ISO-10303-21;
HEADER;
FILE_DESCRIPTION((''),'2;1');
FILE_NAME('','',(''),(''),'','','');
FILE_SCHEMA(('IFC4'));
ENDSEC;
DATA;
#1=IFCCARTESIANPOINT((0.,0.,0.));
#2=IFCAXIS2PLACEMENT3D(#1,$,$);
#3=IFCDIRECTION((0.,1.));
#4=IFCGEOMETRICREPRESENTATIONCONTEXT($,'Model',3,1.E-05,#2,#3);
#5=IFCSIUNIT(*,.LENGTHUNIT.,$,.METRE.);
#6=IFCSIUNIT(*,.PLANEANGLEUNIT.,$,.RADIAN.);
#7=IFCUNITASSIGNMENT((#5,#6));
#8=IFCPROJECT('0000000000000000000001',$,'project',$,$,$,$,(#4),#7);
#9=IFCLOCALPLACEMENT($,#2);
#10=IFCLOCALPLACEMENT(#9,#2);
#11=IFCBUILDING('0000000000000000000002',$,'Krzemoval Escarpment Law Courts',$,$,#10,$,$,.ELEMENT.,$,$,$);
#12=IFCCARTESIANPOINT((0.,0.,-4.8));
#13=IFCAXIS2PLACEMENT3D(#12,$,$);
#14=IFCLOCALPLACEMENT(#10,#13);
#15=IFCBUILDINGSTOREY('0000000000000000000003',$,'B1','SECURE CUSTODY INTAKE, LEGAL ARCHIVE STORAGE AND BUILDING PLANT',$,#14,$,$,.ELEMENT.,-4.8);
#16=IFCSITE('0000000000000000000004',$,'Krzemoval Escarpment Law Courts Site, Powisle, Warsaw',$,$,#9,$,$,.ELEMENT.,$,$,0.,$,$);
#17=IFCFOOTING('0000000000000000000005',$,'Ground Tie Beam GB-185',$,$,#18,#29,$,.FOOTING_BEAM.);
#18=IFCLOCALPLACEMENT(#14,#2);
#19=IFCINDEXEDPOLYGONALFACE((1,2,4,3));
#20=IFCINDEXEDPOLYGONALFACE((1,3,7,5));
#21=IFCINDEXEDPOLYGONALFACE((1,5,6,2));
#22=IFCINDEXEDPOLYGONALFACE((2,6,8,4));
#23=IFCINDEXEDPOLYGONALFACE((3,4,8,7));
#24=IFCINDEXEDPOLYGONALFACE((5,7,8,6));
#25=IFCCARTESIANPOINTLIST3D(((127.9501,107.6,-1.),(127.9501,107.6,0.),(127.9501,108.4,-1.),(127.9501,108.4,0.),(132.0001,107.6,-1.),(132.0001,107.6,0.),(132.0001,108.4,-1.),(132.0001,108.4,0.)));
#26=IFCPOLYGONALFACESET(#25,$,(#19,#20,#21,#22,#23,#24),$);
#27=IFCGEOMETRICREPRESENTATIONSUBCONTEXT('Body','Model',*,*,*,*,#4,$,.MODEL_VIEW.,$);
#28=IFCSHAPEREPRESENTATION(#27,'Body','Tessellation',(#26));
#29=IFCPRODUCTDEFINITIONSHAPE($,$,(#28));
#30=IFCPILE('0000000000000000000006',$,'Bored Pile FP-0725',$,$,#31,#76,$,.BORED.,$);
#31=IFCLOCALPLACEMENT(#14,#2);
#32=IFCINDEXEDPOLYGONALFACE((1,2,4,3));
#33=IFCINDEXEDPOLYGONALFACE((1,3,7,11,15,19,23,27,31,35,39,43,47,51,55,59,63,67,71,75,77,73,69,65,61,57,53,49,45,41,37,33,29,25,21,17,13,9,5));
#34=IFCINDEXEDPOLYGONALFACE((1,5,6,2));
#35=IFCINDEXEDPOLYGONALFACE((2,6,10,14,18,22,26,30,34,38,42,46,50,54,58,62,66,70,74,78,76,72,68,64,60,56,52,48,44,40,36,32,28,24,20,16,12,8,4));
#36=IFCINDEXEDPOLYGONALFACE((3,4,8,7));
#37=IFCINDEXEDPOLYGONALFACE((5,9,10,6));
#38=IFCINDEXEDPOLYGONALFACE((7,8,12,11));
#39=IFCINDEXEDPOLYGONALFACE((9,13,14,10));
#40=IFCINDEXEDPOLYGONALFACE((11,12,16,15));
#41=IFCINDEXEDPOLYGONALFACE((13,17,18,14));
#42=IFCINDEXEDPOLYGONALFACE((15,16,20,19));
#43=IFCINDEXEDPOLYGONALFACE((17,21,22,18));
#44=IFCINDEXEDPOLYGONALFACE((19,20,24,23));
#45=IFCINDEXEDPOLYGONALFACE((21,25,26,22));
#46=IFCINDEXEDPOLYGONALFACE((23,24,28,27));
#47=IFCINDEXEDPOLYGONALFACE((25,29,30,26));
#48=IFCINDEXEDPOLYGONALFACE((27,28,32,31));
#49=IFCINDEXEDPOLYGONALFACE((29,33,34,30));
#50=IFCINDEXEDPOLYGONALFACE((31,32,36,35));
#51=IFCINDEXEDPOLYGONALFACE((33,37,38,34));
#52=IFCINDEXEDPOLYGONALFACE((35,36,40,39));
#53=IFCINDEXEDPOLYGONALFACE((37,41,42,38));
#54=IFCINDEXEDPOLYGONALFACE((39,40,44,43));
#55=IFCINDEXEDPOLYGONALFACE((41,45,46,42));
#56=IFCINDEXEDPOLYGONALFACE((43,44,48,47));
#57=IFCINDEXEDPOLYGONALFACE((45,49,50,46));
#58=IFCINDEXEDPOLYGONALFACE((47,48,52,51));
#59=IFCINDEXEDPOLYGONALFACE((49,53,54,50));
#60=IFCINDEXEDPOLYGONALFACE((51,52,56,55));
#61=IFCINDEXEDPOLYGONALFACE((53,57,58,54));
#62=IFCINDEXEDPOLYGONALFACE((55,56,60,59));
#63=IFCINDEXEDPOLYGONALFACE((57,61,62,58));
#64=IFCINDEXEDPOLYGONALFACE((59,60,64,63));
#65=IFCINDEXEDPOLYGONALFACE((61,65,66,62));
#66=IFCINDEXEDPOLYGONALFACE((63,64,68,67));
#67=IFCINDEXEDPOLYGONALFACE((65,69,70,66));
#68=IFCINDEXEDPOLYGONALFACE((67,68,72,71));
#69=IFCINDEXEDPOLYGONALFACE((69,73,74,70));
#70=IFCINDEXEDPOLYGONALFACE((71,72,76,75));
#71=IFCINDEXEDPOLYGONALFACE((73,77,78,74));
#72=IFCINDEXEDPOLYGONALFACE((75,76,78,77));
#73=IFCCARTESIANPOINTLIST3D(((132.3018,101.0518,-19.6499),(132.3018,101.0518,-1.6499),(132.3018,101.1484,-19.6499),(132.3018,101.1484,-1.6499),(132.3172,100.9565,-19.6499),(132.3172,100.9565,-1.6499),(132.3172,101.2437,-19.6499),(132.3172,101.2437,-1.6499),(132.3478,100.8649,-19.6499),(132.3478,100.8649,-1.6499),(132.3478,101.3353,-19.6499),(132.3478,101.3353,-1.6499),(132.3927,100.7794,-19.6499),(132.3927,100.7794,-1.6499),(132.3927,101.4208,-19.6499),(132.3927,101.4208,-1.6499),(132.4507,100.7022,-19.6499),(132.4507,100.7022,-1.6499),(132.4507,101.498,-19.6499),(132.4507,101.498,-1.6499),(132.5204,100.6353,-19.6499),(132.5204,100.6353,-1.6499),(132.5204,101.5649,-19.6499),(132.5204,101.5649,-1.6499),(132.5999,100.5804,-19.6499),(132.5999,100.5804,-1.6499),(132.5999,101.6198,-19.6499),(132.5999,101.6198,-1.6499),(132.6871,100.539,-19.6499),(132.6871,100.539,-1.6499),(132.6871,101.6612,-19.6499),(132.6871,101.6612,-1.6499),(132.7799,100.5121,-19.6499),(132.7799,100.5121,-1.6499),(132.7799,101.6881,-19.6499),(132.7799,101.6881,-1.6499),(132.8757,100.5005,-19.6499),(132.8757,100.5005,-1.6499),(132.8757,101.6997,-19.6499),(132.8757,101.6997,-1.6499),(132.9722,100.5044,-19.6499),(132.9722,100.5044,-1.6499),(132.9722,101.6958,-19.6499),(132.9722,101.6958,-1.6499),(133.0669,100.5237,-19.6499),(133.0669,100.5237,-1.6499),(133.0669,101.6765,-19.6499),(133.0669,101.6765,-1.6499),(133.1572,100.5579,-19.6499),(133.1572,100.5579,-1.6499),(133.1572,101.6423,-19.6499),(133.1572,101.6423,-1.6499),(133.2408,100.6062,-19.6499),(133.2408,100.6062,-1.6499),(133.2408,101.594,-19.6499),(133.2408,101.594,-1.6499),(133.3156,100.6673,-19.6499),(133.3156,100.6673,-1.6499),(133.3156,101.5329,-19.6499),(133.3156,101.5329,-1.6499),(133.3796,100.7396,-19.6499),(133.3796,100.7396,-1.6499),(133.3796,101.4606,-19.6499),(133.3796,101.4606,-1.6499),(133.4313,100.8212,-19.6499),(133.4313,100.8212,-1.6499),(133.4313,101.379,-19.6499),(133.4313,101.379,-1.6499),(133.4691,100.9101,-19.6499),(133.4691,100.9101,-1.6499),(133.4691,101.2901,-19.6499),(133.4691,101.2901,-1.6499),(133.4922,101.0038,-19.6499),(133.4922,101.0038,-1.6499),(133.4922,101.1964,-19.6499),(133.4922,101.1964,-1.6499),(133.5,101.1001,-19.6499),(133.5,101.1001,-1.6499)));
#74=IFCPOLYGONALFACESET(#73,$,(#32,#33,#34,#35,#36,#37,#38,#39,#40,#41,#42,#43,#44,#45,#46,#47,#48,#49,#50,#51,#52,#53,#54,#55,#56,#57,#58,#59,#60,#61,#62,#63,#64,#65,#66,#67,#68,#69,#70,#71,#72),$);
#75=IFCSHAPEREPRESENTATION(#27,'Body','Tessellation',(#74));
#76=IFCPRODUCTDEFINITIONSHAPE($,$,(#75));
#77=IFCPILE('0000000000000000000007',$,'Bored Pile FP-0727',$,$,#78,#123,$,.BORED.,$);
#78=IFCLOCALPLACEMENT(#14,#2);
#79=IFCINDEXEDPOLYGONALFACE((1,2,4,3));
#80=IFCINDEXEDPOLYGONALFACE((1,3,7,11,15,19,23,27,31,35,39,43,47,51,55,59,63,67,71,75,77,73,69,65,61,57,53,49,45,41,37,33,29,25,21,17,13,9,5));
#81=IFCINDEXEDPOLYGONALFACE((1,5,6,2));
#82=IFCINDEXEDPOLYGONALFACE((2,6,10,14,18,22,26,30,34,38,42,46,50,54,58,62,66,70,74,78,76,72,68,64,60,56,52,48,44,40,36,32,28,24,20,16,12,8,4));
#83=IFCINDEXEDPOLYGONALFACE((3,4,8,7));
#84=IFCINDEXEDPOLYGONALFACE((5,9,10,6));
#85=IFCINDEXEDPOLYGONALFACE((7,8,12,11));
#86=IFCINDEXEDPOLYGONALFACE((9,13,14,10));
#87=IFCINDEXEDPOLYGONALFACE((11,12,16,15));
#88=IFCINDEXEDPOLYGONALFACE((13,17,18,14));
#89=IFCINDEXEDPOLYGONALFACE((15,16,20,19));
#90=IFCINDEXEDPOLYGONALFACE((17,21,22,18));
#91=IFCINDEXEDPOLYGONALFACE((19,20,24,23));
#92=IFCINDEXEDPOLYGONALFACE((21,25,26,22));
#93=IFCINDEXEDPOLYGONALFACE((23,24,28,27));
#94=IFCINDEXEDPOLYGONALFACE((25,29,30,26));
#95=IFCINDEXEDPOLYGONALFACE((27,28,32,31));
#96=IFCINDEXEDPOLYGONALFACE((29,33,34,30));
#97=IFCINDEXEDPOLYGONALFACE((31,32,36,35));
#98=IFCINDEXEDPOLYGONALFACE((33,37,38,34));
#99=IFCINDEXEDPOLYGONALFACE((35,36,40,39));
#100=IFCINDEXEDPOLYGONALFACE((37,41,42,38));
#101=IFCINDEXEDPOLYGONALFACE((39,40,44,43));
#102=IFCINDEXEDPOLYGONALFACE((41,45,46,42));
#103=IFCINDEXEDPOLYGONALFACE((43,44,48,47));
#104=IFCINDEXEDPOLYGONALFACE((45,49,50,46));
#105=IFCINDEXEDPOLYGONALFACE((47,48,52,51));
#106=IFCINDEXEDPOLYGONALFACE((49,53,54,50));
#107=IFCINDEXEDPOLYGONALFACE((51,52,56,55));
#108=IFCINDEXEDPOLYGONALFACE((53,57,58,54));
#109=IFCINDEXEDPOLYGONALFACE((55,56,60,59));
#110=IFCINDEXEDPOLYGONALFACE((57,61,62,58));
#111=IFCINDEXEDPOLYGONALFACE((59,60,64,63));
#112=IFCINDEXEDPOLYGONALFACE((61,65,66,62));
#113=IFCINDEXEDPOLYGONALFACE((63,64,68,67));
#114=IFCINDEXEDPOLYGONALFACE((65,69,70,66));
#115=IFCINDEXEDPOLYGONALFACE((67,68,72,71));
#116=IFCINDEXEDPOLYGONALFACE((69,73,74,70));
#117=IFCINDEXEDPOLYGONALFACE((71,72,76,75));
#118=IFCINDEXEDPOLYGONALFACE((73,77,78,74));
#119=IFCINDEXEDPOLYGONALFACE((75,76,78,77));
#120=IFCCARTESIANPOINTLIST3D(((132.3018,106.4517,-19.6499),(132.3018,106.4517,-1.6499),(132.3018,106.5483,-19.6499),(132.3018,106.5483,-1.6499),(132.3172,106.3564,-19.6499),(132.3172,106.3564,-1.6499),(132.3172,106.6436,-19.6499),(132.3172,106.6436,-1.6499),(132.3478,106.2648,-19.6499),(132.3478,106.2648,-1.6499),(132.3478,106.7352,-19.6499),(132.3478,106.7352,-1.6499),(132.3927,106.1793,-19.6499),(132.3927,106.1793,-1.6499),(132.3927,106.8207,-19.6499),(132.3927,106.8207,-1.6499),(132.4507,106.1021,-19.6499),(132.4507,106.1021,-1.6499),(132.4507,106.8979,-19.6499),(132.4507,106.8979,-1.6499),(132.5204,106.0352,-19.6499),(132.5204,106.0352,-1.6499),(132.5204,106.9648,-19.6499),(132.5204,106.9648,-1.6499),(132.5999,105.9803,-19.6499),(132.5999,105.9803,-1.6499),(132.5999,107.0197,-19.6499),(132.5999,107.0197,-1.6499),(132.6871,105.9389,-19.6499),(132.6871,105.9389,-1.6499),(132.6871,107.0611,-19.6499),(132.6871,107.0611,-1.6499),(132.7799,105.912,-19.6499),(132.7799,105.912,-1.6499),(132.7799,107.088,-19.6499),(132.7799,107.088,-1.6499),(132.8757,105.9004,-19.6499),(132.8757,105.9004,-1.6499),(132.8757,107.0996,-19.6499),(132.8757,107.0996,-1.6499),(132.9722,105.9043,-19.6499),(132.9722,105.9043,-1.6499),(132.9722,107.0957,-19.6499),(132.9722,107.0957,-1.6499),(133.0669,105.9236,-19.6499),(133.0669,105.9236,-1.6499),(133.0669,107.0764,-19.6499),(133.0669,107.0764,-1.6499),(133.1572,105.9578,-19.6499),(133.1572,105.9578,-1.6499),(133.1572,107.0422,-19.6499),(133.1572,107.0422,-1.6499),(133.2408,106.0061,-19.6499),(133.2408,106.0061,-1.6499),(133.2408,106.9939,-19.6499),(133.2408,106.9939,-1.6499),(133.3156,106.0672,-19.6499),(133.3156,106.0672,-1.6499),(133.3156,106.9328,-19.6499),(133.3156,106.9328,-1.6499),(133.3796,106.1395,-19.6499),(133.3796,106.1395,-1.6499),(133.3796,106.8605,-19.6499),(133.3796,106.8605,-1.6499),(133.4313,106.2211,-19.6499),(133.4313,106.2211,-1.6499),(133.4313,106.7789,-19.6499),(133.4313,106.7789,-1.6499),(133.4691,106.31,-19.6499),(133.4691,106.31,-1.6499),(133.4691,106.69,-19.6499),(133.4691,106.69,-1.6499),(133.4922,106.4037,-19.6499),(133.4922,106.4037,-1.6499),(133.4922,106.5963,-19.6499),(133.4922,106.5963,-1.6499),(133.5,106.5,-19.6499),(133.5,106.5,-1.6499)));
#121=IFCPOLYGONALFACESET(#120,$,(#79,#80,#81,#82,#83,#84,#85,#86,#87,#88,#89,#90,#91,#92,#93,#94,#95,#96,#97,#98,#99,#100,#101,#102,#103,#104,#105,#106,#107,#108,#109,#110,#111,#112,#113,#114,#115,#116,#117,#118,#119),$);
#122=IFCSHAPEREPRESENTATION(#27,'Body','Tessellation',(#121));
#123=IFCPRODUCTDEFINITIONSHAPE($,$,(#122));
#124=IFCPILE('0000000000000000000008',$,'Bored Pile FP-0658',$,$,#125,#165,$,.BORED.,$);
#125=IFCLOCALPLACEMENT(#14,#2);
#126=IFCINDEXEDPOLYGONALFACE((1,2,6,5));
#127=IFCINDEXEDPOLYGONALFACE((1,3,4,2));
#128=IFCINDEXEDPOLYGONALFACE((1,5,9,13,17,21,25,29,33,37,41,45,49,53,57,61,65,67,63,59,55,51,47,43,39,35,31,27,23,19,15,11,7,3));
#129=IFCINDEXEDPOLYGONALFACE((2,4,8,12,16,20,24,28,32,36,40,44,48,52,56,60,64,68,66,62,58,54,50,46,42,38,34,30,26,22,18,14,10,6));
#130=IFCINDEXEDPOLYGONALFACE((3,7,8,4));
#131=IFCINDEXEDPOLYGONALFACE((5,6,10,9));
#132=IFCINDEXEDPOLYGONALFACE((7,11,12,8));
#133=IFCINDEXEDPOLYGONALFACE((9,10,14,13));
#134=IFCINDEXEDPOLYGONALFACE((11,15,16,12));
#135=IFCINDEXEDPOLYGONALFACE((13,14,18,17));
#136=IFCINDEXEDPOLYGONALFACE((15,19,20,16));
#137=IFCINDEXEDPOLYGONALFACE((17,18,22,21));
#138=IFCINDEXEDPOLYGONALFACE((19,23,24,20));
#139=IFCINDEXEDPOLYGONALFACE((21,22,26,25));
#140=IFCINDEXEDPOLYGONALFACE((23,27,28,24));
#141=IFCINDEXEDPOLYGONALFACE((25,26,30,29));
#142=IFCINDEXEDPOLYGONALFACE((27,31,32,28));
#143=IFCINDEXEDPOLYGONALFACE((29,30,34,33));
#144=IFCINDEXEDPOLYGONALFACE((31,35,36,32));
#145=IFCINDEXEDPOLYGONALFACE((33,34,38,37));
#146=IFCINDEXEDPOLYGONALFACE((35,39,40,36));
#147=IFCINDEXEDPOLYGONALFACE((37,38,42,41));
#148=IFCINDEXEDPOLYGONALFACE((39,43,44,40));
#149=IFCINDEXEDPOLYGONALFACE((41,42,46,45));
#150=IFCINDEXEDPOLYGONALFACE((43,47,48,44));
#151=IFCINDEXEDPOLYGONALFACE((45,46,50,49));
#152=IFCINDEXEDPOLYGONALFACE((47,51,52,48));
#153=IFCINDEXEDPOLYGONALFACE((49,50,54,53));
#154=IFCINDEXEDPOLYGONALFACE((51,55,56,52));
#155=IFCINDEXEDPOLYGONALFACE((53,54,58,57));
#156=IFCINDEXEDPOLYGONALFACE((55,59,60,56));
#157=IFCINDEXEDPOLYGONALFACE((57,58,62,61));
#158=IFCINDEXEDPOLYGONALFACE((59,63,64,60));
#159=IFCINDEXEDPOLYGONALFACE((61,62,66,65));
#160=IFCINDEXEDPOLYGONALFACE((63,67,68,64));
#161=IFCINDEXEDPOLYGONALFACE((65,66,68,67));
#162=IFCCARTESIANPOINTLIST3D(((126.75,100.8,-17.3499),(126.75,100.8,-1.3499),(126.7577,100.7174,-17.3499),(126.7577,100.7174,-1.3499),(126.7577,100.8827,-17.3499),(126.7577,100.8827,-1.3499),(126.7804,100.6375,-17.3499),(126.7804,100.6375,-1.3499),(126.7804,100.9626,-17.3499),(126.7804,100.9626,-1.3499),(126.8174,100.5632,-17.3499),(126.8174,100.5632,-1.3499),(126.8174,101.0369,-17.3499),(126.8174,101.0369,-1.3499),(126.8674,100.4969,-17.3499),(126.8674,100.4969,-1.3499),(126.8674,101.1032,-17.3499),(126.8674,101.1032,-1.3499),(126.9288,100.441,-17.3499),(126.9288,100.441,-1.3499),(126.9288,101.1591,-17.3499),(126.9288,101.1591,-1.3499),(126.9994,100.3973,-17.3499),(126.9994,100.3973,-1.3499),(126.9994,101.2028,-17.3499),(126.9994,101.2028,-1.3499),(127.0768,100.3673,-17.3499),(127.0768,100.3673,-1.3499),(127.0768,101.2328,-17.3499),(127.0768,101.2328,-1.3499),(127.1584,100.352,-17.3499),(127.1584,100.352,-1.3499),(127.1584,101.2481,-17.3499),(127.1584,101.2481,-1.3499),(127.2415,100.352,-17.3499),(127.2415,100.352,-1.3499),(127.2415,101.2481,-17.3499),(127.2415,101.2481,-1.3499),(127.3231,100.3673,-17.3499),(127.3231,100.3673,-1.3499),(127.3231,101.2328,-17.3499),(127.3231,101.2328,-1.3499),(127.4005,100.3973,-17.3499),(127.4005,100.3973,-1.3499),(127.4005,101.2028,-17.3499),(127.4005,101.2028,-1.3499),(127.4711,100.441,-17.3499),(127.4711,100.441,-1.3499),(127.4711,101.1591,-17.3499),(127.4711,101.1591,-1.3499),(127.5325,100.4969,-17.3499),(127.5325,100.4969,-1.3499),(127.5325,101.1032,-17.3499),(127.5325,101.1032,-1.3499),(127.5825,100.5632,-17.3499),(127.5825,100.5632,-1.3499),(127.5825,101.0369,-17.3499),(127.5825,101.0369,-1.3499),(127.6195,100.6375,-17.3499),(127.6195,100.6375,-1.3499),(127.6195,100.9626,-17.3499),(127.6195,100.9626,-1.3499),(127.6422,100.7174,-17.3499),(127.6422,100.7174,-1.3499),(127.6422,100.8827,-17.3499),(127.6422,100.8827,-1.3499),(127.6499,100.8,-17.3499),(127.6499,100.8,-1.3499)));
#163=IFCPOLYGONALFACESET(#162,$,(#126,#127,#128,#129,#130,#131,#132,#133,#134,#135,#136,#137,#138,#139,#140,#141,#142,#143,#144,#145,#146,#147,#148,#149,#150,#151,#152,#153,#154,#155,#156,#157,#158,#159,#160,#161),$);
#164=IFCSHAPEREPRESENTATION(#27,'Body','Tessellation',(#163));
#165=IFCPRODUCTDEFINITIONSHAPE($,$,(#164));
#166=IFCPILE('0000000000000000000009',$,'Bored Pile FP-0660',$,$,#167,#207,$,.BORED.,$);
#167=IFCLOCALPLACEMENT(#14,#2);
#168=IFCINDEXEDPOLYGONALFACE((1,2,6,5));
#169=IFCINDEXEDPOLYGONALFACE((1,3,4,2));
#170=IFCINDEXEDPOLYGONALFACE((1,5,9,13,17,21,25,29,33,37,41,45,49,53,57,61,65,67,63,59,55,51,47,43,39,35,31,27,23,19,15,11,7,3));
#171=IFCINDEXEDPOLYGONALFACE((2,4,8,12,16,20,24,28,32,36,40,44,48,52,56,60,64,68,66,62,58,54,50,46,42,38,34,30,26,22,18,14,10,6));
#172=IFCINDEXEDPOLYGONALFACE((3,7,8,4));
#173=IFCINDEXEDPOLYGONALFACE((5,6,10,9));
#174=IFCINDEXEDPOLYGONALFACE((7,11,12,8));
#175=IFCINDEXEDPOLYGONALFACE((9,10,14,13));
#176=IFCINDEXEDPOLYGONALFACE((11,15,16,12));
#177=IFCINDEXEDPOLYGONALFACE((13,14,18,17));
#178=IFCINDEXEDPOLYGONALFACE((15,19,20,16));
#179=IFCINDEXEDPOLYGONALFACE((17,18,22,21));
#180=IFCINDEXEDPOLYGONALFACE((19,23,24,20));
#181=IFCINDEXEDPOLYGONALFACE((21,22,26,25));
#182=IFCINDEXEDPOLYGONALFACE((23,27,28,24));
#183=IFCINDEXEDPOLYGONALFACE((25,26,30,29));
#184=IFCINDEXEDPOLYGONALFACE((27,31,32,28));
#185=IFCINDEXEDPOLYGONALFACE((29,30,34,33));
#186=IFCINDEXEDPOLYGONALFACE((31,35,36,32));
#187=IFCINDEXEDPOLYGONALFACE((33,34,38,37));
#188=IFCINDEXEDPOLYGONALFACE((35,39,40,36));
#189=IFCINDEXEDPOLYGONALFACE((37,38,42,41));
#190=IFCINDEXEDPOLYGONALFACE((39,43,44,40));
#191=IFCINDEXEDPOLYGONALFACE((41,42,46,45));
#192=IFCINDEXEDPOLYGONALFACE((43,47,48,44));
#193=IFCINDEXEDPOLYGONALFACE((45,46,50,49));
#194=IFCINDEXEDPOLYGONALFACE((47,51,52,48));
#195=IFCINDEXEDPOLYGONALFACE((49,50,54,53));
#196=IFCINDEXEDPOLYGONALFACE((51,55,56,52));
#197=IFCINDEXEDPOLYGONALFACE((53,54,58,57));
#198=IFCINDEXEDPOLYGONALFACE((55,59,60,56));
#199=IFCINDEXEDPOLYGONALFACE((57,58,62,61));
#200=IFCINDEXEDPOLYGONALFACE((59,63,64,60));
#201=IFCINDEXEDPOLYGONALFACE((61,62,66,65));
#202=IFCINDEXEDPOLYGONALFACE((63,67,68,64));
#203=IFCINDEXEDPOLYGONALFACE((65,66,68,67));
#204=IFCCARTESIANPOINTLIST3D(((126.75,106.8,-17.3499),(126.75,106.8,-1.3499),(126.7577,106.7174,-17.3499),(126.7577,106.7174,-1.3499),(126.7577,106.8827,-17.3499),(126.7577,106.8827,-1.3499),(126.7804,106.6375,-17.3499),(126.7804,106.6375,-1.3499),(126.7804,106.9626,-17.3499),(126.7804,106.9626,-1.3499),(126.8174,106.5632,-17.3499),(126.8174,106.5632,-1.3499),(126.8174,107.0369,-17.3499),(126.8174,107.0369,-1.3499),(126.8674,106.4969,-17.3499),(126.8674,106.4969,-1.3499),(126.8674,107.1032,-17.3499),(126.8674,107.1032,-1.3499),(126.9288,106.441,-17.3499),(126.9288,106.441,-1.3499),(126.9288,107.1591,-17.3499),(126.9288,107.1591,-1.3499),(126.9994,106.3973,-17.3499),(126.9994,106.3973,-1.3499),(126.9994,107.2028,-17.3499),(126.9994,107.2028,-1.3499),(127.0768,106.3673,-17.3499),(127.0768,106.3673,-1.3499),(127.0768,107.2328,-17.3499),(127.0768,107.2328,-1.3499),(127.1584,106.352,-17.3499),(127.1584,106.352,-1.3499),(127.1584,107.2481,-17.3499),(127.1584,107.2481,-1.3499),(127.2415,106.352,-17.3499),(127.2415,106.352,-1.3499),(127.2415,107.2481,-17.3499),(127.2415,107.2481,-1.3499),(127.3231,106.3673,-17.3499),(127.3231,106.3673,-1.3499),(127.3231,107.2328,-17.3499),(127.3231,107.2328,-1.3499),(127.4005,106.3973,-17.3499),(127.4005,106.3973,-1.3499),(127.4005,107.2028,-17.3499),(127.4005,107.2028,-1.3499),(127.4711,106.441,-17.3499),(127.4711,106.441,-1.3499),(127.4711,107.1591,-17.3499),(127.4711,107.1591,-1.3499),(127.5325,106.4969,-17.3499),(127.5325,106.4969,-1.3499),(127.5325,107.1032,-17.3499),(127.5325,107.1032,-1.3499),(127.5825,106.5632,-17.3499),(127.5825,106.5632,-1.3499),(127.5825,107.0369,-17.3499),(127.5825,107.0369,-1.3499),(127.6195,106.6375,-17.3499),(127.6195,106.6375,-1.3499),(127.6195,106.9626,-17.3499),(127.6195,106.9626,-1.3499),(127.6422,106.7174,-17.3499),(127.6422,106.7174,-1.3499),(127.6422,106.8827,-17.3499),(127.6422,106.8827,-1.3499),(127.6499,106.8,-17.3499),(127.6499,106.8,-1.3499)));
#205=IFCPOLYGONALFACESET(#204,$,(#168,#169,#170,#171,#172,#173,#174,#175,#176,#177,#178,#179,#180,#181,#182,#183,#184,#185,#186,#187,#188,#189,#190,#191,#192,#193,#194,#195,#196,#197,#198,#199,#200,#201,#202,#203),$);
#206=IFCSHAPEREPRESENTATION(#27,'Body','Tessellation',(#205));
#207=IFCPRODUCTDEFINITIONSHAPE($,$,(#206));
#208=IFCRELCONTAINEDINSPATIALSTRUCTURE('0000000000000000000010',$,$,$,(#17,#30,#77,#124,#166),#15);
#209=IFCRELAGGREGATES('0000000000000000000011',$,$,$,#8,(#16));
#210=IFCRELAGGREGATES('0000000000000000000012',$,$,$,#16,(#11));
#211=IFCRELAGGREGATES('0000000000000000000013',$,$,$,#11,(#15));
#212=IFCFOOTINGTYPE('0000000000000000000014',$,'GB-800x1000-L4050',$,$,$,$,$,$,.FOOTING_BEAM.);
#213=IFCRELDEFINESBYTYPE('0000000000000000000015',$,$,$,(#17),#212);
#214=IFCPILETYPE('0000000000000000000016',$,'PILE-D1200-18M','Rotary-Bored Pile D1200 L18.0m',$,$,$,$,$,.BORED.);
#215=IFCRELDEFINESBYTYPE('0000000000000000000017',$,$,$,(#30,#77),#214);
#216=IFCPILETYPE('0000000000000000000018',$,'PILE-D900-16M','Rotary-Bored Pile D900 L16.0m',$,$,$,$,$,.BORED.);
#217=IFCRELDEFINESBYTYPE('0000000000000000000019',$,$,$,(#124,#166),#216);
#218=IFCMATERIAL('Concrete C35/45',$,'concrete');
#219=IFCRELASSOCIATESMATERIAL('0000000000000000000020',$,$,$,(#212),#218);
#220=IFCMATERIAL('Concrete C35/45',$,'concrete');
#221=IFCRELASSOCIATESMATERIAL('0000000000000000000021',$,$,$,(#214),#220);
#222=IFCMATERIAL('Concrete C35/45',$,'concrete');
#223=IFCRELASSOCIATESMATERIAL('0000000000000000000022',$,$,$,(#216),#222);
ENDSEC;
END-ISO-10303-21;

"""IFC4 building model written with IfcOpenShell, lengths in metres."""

from ifc_helpers import new_model, si_unit, direction, frame, origin, origin_2d, place, context, subcontext, project, spatial, rectangle, circle, extrude, material, material_profile, profile_set, type_object, element, save


model = new_model("IFC4")

# Units and contexts
model_context = context("Model", 3, precision=1e-05, world=origin(), true_north=direction((0.0, 1.0)))
body_context = subcontext(model_context, "Body", "Model", "MODEL_VIEW")
ifc_project = project(units=[si_unit("LENGTHUNIT", "METRE"), si_unit("PLANEANGLEUNIT", "RADIAN")], contexts=[model_context])

# Site, building, storey
site_placement = place(None, origin())
site = spatial("IfcSite", under=ifc_project, at=site_placement, Name="Krzemoval Escarpment Law Courts Site, Powisle, Warsaw", CompositionType="ELEMENT", RefElevation=0.0)
building_placement = place(site_placement, origin())
building = spatial("IfcBuilding", under=site, at=building_placement, Name="Krzemoval Escarpment Law Courts", CompositionType="ELEMENT")
storey_placement = place(building_placement, frame((0.0, 0.0, -4.8)))
storey = spatial("IfcBuildingStorey", under=building, at=storey_placement, Name="B1", Description="SECURE CUSTODY INTAKE, LEGAL ARCHIVE STORAGE AND BUILDING PLANT", CompositionType="ELEMENT", Elevation=-4.8)

# Footing
ifc_material_1 = material(Name="Concrete C35/45", Category="concrete")
footing_type = type_object("IfcFootingType", Name="GB-800x1000-L4050", PredefinedType="FOOTING_BEAM", material=ifc_material_1)
footing_placement = place(storey_placement, frame((129.9751, 108.0, -1.0), z_axis=(0.0, 0.0, 1.0), x_axis=(1.0, 0.0, 0.0)))
element("IfcFooting", 1, at=footing_placement, inside=storey, type_object=footing_type, Name="Ground Tie Beam GB-185", PredefinedType="FOOTING_BEAM", context=body_context, shape_type="SweptSolid", body=[
    extrude(rectangle(XDim=4.05, YDim=0.8, at=origin_2d()), origin(), (0.0, 0.0, 1.0), 1.0),
])

# Piles
ifc_material_2 = material(Name="Concrete C35/45", Category="concrete")
ifc_material_profile_1 = material_profile(ifc_material_2, circle(Radius=0.6001, at=origin_2d()), Name="PILE D1200")
ifc_profile_set_1 = profile_set([ifc_material_profile_1], Name="Concrete C35/45")
pile_type_1 = type_object("IfcPileType", Name="PILE-D1200-18M", Description="Rotary-Bored Pile D1200 L18.0m", PredefinedType="BORED", material=ifc_profile_set_1)
for number, where, z_axis, x_axis, name in (
    (2, (132.8999, 101.1001, -1.6499), (0.0, 0.0, -1.0), (1.0, 0.0, 0.0), "Bored Pile FP-0725"),
    (3, (132.8999, 106.5, -1.6499), (0.0, 0.0, -1.0), (1.0, 0.0, 0.0), "Bored Pile FP-0727"),
):
    element("IfcPile", number, at=place(storey_placement, frame(where, z_axis=z_axis, x_axis=x_axis)), inside=storey, type_object=pile_type_1, Name=name, PredefinedType="BORED", context=body_context, shape_type="SweptSolid", body=[
        extrude(circle(Radius=0.6001, at=origin_2d()), origin(), (0.0, 0.0, 1.0), 18.0),
    ])
ifc_material_3 = material(Name="Concrete C35/45", Category="concrete")
ifc_material_profile_2 = material_profile(ifc_material_3, circle(Radius=0.45, at=origin_2d()), Name="PILE D900")
ifc_profile_set_2 = profile_set([ifc_material_profile_2], Name="Concrete C35/45")
pile_type_2 = type_object("IfcPileType", Name="PILE-D900-16M", Description="Rotary-Bored Pile D900 L16.0m", PredefinedType="BORED", material=ifc_profile_set_2)
for number, where, z_axis, x_axis, name in (
    (4, (127.2, 100.8, -1.3499), (0.0, 0.0, -1.0), (1.0, 0.0, 0.0), "Bored Pile FP-0658"),
    (5, (127.2, 106.8, -1.3499), (0.0, 0.0, -1.0), (1.0, 0.0, 0.0), "Bored Pile FP-0660"),
):
    element("IfcPile", number, at=place(storey_placement, frame(where, z_axis=z_axis, x_axis=x_axis)), inside=storey, type_object=pile_type_2, Name=name, PredefinedType="BORED", context=body_context, shape_type="SweptSolid", body=[
        extrude(circle(Radius=0.45, at=origin_2d()), origin(), (0.0, 0.0, 1.0), 16.0),
    ])

save(model, "model.ifc")
